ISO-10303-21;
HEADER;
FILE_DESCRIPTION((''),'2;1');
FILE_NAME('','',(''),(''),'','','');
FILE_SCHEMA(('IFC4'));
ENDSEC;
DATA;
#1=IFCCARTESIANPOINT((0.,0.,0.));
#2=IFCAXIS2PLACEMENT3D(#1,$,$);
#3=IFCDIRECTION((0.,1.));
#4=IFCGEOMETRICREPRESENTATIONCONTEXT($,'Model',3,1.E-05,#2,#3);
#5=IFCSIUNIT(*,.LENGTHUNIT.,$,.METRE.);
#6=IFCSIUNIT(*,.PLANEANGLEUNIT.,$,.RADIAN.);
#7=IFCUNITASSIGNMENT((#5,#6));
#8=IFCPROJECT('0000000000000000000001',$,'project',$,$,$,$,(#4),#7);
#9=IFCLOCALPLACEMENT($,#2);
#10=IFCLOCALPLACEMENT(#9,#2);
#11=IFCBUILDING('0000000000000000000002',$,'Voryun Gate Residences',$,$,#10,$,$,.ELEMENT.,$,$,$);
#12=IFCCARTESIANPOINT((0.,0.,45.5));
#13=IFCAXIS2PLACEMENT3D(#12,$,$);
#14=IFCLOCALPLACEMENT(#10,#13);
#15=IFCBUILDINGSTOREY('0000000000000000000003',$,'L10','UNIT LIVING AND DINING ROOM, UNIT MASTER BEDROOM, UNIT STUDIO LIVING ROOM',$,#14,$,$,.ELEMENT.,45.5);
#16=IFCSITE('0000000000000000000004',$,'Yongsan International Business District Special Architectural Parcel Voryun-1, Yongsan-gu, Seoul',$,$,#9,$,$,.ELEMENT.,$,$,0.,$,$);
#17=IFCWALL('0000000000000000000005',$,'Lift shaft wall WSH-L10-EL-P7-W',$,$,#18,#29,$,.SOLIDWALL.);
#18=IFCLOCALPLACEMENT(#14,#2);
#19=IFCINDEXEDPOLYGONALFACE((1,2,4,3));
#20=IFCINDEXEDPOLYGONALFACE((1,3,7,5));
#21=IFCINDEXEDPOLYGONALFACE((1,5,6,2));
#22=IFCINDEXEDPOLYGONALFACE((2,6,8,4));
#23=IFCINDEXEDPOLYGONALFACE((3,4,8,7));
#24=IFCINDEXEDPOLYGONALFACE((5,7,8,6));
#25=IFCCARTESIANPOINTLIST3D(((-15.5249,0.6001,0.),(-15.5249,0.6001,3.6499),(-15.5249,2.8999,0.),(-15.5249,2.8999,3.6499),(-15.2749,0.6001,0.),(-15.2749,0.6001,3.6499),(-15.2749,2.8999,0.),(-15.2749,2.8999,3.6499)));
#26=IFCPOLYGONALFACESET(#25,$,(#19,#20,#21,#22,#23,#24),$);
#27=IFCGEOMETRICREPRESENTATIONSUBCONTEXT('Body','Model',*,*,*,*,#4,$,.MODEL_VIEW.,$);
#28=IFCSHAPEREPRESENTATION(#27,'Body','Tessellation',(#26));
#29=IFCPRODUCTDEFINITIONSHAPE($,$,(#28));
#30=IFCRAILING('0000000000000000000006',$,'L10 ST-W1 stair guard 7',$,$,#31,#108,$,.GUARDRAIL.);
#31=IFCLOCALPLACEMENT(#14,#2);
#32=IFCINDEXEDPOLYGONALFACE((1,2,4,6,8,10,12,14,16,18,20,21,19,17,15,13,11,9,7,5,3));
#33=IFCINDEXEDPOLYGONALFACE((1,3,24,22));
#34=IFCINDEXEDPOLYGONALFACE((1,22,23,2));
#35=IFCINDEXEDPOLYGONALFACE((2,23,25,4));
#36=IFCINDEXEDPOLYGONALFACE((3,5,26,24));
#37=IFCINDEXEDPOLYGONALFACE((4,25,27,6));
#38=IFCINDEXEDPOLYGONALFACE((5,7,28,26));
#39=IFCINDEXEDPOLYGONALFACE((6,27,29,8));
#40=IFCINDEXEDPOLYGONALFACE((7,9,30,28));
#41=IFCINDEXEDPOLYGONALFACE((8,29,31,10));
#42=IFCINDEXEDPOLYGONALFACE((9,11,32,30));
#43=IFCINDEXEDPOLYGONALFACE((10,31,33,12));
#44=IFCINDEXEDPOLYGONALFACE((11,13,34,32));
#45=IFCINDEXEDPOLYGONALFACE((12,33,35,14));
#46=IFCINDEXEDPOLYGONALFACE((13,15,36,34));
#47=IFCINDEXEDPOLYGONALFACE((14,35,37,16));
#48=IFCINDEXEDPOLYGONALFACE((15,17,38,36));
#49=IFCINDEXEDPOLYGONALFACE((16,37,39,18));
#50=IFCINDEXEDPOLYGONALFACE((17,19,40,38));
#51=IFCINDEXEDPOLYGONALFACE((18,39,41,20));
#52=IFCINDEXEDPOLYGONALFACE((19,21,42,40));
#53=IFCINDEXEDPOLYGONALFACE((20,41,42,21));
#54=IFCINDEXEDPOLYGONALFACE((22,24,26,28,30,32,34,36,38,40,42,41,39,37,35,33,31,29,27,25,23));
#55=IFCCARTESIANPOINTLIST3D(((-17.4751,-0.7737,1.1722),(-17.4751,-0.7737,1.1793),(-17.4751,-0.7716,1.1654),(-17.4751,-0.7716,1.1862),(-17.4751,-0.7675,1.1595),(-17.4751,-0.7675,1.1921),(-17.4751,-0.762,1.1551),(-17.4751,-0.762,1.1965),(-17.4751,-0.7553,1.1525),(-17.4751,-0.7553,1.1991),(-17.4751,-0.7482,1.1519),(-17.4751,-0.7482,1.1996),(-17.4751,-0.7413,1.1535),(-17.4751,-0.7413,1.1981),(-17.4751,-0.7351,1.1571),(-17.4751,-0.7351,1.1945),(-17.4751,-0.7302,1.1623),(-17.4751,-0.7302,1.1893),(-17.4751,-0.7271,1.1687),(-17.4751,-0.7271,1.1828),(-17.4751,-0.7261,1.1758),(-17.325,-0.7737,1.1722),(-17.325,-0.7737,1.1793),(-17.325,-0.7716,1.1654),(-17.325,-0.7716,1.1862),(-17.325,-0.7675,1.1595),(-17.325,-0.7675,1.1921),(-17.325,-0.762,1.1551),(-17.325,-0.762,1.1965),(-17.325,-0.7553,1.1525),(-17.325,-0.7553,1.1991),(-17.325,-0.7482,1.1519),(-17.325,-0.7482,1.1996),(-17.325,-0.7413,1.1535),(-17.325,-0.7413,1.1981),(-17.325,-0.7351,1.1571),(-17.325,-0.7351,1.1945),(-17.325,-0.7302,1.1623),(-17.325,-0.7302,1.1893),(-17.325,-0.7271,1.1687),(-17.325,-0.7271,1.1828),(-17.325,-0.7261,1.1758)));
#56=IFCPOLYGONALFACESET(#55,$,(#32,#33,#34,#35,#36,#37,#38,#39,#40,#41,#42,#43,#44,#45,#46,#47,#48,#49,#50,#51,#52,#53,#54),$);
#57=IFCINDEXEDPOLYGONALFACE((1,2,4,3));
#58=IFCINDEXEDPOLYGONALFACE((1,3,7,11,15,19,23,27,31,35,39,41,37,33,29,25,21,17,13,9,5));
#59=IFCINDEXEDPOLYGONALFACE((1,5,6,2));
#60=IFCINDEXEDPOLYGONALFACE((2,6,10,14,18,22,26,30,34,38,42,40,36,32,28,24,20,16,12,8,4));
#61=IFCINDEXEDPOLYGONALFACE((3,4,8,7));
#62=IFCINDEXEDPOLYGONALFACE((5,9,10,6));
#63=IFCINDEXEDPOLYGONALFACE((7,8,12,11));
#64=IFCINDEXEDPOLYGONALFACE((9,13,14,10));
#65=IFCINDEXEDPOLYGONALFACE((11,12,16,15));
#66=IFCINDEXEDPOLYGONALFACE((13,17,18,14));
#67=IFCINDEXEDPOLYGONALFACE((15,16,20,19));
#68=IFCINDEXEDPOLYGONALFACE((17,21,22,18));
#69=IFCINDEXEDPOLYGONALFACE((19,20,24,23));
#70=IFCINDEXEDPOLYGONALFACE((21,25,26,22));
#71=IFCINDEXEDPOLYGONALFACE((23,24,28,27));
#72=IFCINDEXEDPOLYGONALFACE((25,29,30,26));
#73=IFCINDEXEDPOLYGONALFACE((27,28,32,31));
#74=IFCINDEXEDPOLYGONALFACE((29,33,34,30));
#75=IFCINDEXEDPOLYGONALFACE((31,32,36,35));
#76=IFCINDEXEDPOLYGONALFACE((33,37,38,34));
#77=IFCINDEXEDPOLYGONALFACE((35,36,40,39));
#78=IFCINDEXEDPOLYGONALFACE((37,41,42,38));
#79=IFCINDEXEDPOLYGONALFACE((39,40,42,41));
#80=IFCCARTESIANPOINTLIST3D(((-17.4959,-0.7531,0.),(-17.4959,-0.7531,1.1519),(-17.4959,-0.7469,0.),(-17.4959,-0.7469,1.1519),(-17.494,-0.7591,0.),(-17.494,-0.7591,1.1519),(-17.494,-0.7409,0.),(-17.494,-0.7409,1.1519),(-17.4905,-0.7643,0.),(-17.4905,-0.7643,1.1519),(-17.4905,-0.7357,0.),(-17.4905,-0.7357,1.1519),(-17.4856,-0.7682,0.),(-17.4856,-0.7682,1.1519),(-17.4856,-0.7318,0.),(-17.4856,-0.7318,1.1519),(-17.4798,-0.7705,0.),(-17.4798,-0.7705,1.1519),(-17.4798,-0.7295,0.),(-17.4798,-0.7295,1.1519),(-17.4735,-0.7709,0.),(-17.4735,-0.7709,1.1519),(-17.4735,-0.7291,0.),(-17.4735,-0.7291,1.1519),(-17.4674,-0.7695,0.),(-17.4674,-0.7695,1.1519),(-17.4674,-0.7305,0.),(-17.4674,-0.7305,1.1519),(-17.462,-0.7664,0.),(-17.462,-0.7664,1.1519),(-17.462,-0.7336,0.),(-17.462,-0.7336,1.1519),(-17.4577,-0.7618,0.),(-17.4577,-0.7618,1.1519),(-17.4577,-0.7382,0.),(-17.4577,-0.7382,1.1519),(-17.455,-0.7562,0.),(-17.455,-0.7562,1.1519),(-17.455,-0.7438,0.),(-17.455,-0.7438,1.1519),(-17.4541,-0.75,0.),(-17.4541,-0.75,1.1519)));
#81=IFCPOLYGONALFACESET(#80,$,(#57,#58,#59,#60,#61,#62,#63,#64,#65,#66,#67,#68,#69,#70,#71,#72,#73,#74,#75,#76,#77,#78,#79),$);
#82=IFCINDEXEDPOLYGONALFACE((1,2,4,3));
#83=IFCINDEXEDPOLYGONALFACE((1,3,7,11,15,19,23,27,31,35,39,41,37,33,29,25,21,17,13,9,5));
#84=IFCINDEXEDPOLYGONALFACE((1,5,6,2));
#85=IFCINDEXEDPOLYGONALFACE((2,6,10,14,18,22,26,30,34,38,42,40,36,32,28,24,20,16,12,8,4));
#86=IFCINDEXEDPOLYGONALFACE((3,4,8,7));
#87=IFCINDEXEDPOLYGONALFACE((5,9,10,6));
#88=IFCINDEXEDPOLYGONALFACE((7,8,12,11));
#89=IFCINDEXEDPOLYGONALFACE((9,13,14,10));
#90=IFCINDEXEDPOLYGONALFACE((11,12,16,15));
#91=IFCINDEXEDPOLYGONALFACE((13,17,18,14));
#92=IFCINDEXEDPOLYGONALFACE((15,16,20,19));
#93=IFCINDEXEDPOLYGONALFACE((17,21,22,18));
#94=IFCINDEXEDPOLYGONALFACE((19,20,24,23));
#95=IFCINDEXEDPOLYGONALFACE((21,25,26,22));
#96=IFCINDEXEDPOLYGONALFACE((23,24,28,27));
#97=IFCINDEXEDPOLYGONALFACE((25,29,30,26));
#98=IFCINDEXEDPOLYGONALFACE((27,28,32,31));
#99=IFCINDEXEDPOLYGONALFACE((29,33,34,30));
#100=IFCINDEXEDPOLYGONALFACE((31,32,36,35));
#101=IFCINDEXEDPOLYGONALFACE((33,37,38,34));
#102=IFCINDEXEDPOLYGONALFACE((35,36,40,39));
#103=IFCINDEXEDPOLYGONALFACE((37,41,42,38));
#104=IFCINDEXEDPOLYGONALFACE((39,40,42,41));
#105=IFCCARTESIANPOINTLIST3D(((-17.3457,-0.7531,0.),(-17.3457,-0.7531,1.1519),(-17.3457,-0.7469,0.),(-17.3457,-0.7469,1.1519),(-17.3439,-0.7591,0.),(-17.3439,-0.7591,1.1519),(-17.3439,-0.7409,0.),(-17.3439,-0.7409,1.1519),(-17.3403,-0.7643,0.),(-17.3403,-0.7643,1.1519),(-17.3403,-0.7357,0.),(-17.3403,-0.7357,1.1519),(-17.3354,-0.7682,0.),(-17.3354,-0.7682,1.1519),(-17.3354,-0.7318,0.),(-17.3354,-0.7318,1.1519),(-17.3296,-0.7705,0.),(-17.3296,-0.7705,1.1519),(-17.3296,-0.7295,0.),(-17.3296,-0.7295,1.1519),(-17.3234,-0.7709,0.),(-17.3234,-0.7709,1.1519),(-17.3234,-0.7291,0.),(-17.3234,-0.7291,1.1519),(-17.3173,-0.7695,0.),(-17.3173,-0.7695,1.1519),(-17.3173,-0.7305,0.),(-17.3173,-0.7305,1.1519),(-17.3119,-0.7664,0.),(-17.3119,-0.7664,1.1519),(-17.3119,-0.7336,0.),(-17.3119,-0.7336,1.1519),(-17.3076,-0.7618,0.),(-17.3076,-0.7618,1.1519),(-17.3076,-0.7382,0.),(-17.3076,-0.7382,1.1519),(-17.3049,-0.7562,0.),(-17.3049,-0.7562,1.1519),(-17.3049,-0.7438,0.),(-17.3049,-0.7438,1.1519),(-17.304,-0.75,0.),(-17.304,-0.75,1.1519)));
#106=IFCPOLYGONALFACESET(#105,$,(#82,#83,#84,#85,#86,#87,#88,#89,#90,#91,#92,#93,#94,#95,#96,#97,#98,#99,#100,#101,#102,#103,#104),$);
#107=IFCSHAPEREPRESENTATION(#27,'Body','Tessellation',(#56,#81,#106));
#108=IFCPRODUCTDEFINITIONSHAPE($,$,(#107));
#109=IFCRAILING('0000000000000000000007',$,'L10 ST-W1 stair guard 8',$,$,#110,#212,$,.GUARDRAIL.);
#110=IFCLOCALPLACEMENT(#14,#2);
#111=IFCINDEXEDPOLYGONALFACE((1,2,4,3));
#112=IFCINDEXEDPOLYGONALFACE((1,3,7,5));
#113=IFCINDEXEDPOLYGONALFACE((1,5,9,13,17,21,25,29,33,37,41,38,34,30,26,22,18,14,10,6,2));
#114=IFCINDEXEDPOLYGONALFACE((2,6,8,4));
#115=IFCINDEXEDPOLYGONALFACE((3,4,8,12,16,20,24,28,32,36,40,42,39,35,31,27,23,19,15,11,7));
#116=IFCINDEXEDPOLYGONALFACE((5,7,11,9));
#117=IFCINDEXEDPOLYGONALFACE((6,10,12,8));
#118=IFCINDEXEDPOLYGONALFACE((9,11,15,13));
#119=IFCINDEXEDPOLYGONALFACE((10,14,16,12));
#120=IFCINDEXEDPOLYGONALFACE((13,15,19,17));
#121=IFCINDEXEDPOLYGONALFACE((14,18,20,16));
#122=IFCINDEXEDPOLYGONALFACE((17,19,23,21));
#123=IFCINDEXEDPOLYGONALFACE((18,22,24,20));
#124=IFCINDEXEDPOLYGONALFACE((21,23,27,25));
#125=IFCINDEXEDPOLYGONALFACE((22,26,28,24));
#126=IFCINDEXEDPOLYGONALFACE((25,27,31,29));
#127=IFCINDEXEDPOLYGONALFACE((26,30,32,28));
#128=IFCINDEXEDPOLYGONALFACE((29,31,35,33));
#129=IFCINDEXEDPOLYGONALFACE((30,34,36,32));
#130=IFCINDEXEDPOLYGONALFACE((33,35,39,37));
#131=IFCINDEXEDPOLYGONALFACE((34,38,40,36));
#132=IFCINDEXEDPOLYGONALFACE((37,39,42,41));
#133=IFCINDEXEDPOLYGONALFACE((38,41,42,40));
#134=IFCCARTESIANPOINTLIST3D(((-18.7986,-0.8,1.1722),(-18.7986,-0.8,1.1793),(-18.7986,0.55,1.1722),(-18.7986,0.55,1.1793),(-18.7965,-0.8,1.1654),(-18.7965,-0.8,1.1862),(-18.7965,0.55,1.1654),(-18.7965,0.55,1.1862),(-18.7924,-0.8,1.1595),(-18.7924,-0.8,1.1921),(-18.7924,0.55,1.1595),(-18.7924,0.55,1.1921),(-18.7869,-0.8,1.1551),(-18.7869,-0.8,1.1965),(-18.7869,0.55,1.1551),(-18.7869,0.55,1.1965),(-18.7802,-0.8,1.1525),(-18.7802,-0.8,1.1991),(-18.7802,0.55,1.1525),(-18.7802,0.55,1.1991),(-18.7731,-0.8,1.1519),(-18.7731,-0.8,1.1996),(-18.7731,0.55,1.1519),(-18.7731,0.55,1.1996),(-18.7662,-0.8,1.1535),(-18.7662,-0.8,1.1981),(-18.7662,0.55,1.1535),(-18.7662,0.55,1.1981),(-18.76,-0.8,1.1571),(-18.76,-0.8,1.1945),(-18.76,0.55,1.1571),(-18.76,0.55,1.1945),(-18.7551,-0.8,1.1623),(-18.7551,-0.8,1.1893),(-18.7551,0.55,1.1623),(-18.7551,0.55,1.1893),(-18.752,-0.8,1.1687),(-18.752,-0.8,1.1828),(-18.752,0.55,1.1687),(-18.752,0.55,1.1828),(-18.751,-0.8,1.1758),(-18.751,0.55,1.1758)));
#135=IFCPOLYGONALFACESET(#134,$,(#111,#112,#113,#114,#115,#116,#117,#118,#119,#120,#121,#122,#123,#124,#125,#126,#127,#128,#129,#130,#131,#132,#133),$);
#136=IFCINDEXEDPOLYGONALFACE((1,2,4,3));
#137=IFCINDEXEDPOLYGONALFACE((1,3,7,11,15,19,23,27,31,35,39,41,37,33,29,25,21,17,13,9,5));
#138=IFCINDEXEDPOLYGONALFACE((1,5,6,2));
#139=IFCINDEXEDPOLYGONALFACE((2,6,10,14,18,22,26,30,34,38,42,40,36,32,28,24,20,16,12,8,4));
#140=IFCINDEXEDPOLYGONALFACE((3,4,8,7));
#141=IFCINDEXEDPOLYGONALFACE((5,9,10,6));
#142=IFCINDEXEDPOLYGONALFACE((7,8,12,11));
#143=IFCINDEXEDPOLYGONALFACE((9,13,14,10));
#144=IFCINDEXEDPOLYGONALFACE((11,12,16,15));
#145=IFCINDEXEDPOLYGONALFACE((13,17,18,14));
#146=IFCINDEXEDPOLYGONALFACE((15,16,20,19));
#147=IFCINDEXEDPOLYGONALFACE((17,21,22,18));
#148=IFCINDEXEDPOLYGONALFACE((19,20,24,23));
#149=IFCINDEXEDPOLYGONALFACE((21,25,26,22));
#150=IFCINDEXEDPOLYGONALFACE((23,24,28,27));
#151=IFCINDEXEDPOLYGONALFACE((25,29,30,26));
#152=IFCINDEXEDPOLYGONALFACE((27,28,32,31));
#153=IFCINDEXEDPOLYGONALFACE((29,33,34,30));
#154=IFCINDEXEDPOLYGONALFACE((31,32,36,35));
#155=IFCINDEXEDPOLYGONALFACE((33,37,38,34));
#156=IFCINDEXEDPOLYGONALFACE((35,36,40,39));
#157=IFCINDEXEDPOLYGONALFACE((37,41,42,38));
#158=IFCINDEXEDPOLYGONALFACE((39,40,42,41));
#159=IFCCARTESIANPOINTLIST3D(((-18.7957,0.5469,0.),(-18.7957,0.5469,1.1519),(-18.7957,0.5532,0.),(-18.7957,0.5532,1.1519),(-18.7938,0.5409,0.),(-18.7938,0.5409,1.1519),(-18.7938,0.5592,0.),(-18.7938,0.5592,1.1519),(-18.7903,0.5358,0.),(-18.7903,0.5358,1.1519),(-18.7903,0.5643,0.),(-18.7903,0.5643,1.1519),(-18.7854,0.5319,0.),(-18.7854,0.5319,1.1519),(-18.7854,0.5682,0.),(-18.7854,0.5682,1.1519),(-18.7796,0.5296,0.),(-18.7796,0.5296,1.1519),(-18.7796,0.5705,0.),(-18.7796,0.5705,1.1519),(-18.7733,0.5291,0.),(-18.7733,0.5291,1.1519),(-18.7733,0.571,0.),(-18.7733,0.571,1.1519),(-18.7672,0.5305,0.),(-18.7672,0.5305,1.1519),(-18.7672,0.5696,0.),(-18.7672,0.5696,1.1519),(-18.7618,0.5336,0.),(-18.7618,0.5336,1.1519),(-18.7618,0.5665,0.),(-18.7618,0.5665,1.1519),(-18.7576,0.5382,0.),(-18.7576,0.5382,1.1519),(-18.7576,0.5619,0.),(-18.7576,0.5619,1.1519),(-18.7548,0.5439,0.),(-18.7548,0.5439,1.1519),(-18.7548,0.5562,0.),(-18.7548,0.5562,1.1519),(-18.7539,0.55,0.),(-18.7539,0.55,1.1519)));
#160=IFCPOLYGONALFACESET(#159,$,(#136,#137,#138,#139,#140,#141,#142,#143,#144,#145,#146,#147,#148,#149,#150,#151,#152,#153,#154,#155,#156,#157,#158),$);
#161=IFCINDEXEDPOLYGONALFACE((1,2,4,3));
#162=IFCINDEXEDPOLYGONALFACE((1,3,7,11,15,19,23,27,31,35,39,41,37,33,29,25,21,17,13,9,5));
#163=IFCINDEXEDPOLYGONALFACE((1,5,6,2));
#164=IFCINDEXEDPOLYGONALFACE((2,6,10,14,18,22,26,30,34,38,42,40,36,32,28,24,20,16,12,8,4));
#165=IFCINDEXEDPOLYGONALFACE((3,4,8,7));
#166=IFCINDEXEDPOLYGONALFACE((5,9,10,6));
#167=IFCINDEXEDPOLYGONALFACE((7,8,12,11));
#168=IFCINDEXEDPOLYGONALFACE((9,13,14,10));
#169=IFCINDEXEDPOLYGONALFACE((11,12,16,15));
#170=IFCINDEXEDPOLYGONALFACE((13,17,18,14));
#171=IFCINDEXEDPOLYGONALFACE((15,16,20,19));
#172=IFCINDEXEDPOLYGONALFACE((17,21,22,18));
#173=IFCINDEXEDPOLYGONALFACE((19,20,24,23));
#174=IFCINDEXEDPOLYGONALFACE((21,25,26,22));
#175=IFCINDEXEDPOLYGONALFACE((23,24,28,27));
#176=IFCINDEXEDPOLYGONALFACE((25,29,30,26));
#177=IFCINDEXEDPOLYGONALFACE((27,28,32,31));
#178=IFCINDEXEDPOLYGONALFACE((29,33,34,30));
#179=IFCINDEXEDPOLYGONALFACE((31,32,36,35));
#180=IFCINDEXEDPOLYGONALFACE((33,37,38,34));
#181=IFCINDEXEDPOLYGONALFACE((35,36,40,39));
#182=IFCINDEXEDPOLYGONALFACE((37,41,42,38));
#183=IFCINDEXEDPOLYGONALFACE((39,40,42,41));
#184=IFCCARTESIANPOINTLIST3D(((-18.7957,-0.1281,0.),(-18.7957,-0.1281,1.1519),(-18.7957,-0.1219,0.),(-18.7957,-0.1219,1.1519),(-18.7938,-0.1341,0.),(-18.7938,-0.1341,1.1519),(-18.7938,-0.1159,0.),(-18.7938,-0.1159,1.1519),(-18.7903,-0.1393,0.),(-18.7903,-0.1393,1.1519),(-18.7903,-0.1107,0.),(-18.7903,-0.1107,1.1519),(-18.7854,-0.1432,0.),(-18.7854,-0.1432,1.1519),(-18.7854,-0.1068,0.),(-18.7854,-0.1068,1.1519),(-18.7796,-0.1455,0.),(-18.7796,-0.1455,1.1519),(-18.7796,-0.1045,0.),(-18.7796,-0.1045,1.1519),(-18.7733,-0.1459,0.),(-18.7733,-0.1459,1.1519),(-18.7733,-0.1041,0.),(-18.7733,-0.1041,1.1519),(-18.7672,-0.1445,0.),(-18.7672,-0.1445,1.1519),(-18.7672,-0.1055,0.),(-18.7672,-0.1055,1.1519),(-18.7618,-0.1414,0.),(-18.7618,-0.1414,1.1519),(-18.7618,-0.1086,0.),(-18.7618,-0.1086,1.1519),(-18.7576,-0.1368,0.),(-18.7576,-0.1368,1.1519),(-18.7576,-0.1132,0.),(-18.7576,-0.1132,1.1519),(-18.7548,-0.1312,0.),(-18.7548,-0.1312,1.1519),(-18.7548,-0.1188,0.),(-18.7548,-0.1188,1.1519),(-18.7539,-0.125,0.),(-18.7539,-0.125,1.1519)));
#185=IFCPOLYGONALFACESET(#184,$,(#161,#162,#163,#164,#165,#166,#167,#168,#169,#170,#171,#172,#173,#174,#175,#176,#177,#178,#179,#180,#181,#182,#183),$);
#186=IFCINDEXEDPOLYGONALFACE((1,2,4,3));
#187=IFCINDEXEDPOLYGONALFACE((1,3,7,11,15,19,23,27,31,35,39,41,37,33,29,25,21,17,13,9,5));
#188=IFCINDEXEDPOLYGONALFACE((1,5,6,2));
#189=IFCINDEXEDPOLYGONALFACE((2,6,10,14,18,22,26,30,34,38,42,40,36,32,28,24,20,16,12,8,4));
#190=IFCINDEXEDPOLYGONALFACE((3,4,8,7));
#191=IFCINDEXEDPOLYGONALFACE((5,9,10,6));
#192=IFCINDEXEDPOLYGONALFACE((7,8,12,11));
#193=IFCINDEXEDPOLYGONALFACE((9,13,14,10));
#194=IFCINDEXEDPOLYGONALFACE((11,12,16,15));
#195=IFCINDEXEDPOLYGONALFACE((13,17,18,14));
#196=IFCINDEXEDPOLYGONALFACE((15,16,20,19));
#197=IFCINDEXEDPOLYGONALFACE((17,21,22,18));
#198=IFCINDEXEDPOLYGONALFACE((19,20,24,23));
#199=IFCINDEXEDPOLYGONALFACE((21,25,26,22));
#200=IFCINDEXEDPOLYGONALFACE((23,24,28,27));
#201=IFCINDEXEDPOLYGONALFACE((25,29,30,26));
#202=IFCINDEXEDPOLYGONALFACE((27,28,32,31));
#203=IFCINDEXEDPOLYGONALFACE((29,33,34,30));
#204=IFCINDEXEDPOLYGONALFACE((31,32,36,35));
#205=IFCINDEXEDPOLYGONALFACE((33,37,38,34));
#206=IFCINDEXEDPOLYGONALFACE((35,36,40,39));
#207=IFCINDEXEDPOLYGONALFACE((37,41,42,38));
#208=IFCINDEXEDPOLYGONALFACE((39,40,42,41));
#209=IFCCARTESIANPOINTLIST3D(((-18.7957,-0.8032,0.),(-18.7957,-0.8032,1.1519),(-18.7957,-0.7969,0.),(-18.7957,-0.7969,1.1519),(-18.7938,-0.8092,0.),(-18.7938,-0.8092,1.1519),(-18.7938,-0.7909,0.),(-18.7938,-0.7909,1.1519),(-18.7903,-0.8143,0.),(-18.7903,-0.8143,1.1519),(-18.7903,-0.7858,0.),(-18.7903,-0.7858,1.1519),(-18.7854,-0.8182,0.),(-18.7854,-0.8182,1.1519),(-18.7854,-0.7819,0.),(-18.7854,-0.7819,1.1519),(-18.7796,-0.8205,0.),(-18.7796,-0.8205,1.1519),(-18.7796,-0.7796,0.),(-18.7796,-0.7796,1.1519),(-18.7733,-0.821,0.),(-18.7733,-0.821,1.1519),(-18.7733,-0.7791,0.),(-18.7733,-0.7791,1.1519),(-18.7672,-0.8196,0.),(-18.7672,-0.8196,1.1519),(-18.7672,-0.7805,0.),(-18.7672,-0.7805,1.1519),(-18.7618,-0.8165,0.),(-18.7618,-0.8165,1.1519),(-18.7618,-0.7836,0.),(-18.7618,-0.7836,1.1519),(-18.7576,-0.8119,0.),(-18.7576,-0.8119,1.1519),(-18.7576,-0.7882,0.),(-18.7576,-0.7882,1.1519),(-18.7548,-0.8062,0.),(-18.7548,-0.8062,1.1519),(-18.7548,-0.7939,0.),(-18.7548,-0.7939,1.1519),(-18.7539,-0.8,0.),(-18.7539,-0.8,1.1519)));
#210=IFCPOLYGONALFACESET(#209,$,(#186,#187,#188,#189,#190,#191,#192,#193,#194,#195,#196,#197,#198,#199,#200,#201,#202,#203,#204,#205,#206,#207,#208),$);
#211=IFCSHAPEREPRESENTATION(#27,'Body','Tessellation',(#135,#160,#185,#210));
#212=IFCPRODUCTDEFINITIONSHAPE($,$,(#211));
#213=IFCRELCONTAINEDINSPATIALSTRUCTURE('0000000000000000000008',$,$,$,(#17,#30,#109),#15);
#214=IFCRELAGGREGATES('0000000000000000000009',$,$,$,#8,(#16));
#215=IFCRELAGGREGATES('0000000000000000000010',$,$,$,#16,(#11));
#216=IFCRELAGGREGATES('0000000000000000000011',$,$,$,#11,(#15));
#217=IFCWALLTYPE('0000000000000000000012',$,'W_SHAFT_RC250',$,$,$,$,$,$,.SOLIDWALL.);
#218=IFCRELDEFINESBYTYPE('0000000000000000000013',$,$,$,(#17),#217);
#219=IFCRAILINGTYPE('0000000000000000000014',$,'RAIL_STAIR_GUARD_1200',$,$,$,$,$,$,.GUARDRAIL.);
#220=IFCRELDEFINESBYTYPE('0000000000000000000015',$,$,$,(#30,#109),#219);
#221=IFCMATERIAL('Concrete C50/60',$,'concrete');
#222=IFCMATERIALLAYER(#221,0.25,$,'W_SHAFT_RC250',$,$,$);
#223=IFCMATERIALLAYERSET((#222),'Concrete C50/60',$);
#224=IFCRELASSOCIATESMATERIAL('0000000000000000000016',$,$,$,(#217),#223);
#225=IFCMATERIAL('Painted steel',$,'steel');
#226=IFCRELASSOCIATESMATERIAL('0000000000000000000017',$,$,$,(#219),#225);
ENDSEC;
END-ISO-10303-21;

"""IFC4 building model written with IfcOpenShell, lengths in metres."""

from ifc_helpers import new_model, si_unit, direction, frame, frame_2d, origin, origin_2d, place, context, subcontext, project, spatial, rectangle, circle, extrude, material, layer, layer_set, type_object, element, save


model = new_model("IFC4")

# Units and contexts
model_context = context("Model", 3, precision=1e-05, world=origin(), true_north=direction((0.0, 1.0)))
body_context = subcontext(model_context, "Body", "Model", "MODEL_VIEW")
ifc_project = project(units=[si_unit("LENGTHUNIT", "METRE"), si_unit("PLANEANGLEUNIT", "RADIAN")], contexts=[model_context])

# Site, building, storey
site_placement = place(None, origin())
site = spatial("IfcSite", under=ifc_project, at=site_placement, Name="Yongsan International Business District Special Architectural Parcel Voryun-1, Yongsan-gu, Seoul", CompositionType="ELEMENT", RefElevation=0.0)
building_placement = place(site_placement, origin())
building = spatial("IfcBuilding", under=site, at=building_placement, Name="Voryun Gate Residences", CompositionType="ELEMENT")
storey_placement = place(building_placement, frame((0.0, 0.0, 45.5)))
storey = spatial("IfcBuildingStorey", under=building, at=storey_placement, Name="L10", Description="UNIT LIVING AND DINING ROOM, UNIT MASTER BEDROOM, UNIT STUDIO LIVING ROOM", CompositionType="ELEMENT", Elevation=45.5)

# Shared definitions
ifc_material_1 = material(Name="Concrete C50/60", Category="concrete")
ifc_layer_1 = layer(ifc_material_1, 0.25, Name="W_SHAFT_RC250")
ifc_layer_set_1 = layer_set([ifc_layer_1], Name="Concrete C50/60")
wall_type_1 = type_object("IfcWallType", Name="W_SHAFT_RC250", PredefinedType="SOLIDWALL", material=ifc_layer_set_1)

# Wall
wall_1_placement = place(storey_placement, frame((-15.3999, 2.8999, 0.0), z_axis=(0.0, 0.0, 1.0), x_axis=(0.0, -1.0, 0.0)))
element("IfcWall", 1, at=wall_1_placement, inside=storey, type_object=wall_type_1, Name="Lift shaft wall WSH-L10-EL-P7-W", PredefinedType="SOLIDWALL", context=body_context, shape_type="SweptSolid", body=[
    extrude(rectangle(XDim=2.2998, YDim=0.25, at=frame_2d((1.1499, 0.0))), origin(), (0.0, 0.0, 1.0), 3.6499),
])

# Railings
ifc_material_2 = material(Name="Painted steel", Category="steel")
railing_type = type_object("IfcRailingType", Name="RAIL_STAIR_GUARD_1200", PredefinedType="GUARDRAIL", material=ifc_material_2)
railing_placement = place(storey_placement, frame((-17.4751, -0.75, 0.0)))
element("IfcRailing", 2, at=railing_placement, inside=storey, type_object=railing_type, Name="L10 ST-W1 stair guard 7", PredefinedType="GUARDRAIL", context=body_context, shape_type="SweptSolid", body=[
    extrude(circle(Radius=0.0239, at=origin_2d()), frame((0.0, 0.0, 1.1758), z_axis=(1.0, 0.0, 0.0), x_axis=(0.0, 1.0, 0.0)), (0.0, 0.0, 1.0), 0.1501),
    extrude(circle(Radius=0.021, at=origin_2d()), origin(), (0.0, 0.0, 1.0), 1.1519),
    extrude(circle(Radius=0.021, at=origin_2d()), frame((0.1501, 0.0, 0.0)), (0.0, 0.0, 1.0), 1.1519),
])
for number, where, name in (
    (3, (-18.7749, 0.55, 0.0), "L10 ST-W1 stair guard 8"),
):
    element("IfcRailing", number, at=place(storey_placement, frame(where)), inside=storey, type_object=railing_type, Name=name, PredefinedType="GUARDRAIL", context=body_context, shape_type="SweptSolid", body=[
        extrude(circle(Radius=0.0239, at=origin_2d()), frame((0.0, 0.0, 1.1758), z_axis=(0.0, -1.0, 0.0), x_axis=(1.0, 0.0, 0.0)), (0.0, 0.0, 1.0), 1.3501),
        extrude(circle(Radius=0.021, at=origin_2d()), origin(), (0.0, 0.0, 1.0), 1.1519),
        extrude(circle(Radius=0.021, at=origin_2d()), frame((0.0, -0.675, 0.0)), (0.0, 0.0, 1.0), 1.1519),
        extrude(circle(Radius=0.021, at=origin_2d()), frame((0.0, -1.3501, 0.0)), (0.0, 0.0, 1.0), 1.1519),
    ])

save(model, "model.ifc")
